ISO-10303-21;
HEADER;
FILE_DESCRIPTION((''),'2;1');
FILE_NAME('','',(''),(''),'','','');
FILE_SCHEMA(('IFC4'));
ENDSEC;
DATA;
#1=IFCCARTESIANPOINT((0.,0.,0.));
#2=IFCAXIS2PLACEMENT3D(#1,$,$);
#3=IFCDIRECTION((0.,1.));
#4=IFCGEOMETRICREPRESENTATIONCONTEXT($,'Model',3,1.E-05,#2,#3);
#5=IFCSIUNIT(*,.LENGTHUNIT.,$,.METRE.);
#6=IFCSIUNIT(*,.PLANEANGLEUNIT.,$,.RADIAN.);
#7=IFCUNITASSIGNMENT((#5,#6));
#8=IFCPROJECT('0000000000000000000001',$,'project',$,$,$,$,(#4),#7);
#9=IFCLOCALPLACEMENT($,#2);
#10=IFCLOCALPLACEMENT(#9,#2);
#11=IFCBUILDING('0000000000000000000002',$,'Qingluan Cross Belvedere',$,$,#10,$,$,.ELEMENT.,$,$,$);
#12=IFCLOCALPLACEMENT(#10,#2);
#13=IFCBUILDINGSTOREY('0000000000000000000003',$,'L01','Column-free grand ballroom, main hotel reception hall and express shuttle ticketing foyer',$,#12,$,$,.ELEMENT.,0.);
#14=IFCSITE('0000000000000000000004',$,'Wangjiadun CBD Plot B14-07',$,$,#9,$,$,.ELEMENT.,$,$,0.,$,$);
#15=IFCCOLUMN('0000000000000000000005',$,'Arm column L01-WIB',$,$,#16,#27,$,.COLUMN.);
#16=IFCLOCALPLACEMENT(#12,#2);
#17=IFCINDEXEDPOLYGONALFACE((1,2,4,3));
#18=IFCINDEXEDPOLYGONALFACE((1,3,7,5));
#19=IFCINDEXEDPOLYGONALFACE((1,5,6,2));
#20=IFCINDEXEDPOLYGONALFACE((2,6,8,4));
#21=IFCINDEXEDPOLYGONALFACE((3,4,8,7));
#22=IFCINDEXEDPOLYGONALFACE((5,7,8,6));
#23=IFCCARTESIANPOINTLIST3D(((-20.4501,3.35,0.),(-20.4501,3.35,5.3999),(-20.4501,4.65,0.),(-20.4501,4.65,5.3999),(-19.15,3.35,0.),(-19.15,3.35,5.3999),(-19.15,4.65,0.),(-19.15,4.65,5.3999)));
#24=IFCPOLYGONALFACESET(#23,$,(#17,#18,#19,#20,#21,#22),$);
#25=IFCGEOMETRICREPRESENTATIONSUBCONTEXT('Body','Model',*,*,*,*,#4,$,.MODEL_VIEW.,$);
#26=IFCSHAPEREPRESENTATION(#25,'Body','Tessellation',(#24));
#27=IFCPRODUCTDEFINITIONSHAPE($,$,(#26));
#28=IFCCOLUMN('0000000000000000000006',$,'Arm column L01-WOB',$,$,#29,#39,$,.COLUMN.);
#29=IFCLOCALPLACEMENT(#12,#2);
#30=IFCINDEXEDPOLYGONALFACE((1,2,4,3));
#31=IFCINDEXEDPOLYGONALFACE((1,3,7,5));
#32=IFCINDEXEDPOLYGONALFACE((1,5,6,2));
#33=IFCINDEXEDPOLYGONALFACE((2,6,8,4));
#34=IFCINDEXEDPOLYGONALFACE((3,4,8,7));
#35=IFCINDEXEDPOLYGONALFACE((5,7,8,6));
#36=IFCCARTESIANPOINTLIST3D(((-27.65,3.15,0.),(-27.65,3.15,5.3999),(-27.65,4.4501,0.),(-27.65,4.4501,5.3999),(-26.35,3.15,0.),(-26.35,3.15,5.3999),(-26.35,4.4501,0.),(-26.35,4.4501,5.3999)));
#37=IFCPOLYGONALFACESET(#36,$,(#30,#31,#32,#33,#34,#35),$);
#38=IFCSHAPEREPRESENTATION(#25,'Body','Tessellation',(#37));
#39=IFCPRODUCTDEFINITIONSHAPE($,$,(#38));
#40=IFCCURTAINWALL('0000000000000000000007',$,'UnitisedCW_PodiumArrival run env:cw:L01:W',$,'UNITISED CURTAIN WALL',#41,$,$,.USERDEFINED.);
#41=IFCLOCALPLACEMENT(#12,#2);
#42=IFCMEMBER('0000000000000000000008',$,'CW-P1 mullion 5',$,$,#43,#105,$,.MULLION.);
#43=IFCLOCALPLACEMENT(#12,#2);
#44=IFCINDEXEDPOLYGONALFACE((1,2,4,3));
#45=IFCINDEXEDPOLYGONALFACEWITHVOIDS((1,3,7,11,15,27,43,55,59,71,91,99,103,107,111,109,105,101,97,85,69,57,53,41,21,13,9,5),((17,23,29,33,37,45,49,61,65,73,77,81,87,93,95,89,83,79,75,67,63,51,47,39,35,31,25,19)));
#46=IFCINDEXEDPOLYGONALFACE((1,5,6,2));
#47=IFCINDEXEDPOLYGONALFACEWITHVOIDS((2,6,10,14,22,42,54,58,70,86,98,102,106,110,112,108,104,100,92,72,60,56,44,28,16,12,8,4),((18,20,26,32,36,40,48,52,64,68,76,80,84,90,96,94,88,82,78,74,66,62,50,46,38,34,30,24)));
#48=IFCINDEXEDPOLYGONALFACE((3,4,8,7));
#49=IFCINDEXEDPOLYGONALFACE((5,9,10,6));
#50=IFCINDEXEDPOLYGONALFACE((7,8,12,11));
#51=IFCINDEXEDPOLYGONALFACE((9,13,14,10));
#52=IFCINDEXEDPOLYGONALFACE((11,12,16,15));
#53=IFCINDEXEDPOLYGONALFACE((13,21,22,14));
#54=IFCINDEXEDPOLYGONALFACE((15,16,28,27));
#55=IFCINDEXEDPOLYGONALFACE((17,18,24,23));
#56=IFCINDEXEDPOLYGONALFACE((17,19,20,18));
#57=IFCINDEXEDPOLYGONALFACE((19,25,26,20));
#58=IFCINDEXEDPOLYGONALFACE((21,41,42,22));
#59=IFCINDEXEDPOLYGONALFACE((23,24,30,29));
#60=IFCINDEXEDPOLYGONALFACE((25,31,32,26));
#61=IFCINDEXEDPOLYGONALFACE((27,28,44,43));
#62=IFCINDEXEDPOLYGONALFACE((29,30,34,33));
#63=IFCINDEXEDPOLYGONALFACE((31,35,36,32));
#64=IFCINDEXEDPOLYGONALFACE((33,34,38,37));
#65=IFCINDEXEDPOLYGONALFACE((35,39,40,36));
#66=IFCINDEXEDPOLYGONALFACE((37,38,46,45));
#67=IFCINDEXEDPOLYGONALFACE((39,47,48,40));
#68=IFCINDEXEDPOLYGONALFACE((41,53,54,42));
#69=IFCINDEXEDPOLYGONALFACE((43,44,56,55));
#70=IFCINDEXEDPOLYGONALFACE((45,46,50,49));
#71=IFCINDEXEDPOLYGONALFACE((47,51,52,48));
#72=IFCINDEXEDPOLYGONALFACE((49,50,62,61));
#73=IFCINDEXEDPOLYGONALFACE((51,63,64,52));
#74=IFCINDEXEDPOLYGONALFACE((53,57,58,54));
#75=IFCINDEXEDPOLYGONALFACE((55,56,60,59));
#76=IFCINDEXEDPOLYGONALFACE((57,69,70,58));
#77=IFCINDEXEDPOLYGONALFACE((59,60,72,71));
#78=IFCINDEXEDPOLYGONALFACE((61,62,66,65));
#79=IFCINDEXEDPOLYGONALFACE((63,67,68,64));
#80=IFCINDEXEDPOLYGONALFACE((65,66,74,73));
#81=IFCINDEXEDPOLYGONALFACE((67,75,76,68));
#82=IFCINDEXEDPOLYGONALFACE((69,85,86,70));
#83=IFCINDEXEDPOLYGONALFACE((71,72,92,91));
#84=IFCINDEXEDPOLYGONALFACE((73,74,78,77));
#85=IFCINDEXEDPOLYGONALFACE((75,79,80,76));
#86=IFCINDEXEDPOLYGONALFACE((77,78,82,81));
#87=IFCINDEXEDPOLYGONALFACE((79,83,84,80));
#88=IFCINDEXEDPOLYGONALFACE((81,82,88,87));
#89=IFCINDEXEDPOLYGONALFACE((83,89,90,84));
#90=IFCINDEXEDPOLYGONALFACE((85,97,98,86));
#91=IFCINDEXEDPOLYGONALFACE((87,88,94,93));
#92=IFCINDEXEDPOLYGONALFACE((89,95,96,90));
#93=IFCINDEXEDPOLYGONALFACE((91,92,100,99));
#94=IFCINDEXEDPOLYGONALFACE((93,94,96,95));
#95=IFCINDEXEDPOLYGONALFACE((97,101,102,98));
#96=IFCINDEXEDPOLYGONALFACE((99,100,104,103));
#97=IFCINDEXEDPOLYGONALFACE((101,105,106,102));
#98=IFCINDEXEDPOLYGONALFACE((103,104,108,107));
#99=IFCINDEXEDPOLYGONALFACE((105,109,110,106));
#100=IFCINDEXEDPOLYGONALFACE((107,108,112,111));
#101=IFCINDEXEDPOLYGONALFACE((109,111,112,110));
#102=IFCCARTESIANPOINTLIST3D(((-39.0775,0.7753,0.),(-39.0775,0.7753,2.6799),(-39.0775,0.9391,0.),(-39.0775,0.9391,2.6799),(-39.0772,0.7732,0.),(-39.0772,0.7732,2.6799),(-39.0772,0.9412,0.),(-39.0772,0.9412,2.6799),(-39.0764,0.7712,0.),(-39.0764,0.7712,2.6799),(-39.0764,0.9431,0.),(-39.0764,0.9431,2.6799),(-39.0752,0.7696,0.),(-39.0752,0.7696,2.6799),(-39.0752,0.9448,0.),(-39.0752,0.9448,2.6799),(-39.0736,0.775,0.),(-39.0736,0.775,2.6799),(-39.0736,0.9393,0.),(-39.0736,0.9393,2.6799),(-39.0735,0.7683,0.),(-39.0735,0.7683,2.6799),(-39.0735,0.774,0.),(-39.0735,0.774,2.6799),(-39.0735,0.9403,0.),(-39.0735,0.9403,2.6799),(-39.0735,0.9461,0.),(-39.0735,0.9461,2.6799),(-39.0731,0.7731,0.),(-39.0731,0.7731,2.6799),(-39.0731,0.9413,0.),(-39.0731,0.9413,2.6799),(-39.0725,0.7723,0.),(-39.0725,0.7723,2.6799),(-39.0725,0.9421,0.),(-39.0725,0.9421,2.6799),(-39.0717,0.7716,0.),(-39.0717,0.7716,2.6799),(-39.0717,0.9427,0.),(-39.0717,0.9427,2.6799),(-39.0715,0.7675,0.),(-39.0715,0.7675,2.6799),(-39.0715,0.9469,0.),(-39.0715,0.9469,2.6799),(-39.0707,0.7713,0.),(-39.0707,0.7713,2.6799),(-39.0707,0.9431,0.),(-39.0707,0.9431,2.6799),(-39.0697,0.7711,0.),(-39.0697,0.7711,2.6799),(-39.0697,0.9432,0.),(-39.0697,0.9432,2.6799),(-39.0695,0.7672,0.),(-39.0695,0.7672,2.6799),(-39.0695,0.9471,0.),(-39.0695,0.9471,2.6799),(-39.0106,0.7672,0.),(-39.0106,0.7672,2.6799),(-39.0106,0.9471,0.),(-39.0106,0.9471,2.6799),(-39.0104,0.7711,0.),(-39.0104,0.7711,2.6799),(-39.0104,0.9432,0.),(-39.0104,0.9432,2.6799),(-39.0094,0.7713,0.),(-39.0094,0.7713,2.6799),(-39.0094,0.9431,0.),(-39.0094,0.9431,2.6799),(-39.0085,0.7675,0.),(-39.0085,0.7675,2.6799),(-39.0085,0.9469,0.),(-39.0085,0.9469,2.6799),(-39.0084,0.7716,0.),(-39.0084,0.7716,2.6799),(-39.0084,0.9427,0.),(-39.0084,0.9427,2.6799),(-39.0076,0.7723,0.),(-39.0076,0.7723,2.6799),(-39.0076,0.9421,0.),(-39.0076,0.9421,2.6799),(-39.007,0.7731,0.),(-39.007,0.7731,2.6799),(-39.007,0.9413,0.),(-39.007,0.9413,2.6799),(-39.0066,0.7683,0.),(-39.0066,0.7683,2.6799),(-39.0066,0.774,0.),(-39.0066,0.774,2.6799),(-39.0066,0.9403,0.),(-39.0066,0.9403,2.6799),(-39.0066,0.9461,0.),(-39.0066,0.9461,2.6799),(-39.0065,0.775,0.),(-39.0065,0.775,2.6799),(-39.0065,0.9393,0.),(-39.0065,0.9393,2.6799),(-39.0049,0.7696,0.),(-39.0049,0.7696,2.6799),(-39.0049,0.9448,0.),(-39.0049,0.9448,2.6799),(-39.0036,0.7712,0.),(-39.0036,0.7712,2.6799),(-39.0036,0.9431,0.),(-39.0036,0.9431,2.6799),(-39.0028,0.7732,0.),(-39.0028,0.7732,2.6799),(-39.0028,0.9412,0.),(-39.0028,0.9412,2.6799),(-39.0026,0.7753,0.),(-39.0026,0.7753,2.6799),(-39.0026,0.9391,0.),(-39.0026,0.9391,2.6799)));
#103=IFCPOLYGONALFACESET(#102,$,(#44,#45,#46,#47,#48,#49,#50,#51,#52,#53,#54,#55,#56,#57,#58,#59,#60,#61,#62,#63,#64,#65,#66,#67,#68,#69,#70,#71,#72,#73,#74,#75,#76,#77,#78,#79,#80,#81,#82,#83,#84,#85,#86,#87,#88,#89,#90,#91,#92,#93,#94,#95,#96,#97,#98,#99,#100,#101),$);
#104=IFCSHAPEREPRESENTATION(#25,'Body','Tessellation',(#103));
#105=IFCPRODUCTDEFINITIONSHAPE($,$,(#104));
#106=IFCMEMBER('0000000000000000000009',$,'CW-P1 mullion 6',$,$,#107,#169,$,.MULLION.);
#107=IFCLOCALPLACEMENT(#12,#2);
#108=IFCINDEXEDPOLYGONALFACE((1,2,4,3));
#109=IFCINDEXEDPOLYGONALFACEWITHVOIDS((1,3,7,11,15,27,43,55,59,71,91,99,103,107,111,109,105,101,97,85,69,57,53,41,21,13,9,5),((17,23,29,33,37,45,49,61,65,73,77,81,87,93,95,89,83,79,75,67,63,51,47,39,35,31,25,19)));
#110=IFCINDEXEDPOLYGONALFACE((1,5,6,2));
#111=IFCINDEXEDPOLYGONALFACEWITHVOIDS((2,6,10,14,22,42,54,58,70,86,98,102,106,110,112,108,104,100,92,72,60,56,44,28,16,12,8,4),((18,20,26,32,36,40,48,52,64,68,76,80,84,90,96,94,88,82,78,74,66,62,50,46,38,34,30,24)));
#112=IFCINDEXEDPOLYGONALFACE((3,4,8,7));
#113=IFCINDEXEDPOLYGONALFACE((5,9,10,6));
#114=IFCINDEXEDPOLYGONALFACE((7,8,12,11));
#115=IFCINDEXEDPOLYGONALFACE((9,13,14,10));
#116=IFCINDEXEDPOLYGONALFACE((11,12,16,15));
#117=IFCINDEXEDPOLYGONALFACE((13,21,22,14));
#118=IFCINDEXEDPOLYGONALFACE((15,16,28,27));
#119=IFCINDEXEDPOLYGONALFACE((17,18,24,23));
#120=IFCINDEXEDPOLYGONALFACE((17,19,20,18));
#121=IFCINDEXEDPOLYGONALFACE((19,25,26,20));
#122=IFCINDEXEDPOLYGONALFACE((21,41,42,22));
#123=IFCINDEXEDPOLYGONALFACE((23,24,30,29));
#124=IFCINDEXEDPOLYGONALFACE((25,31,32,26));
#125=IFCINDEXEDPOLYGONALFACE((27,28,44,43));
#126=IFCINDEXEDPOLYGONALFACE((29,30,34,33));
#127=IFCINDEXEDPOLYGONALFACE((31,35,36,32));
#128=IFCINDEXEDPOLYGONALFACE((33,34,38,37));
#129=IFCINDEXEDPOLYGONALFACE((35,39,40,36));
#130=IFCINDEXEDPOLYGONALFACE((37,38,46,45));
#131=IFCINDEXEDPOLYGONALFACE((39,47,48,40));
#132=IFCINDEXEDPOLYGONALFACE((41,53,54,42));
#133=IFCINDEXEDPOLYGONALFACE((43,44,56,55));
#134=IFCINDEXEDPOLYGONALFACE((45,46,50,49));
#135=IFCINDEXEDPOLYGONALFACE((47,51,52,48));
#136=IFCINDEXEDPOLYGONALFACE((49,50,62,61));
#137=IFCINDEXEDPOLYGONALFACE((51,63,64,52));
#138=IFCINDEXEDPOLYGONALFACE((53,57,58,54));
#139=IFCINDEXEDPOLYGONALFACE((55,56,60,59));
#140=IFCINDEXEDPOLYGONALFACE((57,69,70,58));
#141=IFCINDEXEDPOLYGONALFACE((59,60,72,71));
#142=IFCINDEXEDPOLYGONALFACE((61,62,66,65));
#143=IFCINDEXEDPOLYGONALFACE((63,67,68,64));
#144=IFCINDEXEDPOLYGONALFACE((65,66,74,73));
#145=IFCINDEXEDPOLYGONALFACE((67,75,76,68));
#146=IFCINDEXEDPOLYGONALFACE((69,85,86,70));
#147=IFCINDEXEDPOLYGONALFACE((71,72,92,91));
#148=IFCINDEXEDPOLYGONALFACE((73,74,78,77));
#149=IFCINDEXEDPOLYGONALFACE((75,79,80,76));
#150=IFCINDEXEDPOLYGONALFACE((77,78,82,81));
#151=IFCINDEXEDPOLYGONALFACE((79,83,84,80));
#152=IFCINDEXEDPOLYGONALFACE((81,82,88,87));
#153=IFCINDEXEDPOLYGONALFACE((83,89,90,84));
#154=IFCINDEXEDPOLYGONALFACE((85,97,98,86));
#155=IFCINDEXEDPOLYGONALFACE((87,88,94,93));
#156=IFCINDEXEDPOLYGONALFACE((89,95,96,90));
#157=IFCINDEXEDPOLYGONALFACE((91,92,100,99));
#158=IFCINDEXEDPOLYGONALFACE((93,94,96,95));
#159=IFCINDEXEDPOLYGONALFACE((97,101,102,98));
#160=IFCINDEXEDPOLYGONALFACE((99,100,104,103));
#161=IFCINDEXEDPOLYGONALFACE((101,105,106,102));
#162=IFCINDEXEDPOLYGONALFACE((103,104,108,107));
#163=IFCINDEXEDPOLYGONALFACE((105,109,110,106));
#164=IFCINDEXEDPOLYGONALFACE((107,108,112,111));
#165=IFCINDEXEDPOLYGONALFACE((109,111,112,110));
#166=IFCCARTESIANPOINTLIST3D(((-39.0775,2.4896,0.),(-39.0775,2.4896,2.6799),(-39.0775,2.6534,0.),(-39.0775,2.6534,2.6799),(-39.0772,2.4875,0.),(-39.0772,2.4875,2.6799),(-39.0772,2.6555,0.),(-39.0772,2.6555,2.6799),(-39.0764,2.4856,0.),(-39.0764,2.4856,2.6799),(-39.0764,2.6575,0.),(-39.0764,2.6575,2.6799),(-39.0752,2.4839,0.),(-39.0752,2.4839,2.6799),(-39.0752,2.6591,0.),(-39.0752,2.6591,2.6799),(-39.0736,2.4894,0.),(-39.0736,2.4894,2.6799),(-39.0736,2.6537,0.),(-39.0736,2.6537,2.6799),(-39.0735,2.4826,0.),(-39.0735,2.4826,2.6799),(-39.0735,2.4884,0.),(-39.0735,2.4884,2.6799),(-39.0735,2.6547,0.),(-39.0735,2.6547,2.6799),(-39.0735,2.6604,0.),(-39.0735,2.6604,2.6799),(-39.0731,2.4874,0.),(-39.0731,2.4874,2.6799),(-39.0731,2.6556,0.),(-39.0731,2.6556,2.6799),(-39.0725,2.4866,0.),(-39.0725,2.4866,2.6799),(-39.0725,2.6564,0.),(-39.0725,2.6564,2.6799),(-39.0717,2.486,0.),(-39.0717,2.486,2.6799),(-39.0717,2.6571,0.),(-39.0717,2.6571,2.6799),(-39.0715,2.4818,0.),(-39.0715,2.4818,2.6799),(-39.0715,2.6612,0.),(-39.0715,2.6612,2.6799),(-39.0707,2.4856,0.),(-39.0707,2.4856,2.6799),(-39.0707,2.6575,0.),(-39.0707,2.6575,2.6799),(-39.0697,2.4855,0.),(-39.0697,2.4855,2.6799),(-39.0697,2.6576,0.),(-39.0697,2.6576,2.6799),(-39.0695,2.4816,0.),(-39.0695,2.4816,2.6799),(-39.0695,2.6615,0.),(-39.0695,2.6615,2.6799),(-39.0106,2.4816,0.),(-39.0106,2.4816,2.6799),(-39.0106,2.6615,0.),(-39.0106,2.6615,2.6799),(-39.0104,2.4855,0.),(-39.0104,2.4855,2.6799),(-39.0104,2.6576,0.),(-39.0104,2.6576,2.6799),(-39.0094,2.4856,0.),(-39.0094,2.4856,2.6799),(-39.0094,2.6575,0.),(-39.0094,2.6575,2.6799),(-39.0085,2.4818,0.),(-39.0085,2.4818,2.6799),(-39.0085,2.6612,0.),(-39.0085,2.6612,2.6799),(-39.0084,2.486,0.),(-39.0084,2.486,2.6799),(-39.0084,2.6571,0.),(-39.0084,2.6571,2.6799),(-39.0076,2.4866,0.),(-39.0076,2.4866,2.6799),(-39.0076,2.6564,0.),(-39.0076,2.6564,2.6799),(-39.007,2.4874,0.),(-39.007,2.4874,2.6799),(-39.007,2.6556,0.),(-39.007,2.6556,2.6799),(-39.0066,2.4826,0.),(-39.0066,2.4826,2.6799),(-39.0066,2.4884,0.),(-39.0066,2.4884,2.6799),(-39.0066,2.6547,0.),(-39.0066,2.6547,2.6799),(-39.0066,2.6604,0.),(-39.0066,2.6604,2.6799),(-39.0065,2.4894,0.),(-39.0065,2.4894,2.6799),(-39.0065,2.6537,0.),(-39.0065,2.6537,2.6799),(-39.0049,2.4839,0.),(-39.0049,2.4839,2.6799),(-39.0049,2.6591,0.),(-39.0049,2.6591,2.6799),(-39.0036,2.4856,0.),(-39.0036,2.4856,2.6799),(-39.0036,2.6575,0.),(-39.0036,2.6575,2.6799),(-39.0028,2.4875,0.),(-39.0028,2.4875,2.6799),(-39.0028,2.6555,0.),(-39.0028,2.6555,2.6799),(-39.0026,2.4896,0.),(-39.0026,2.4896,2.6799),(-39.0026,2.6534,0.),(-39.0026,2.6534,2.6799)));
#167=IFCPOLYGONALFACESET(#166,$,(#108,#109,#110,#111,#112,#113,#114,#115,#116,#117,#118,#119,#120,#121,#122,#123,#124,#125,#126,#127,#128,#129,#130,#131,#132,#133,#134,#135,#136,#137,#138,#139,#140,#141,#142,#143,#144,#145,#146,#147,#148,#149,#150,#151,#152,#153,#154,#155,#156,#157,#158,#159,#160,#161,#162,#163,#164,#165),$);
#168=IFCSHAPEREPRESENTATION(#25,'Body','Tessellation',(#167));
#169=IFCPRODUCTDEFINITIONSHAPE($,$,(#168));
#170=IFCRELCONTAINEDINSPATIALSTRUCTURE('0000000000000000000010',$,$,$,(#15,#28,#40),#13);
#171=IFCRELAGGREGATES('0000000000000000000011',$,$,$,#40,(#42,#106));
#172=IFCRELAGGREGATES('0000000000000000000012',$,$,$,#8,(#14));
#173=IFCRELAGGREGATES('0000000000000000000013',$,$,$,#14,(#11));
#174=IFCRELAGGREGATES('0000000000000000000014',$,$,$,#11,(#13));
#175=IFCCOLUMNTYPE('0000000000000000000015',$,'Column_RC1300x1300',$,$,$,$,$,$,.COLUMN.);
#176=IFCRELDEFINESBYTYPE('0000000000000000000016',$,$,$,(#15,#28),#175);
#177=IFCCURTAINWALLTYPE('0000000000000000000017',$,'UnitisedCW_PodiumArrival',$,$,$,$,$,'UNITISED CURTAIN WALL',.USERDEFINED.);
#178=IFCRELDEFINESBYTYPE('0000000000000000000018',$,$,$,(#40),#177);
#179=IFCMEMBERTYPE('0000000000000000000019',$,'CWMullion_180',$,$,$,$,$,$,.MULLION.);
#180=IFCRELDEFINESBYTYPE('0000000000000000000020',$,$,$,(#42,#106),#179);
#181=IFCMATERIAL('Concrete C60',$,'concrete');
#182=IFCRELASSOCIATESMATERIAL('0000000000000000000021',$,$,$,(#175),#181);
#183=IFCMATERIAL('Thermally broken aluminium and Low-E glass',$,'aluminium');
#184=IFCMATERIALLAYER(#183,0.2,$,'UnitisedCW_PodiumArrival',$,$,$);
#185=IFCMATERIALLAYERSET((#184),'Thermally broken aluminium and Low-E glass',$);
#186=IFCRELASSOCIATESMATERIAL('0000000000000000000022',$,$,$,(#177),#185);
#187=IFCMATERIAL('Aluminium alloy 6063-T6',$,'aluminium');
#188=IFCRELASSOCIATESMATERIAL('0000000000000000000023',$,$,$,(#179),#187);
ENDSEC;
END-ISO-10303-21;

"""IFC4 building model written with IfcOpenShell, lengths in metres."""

from ifc_helpers import new_model, si_unit, direction, frame, origin, origin_2d, place, context, subcontext, project, spatial, rectangle, hollow_rectangle, extrude, material, layer, layer_set, material_profile, profile_set, type_object, element, aggregate, save


model = new_model("IFC4")

# Units and contexts
model_context = context("Model", 3, precision=1e-05, world=origin(), true_north=direction((0.0, 1.0)))
body_context = subcontext(model_context, "Body", "Model", "MODEL_VIEW")
ifc_project = project(units=[si_unit("LENGTHUNIT", "METRE"), si_unit("PLANEANGLEUNIT", "RADIAN")], contexts=[model_context])

# Site, building, storey
site_placement = place(None, origin())
site = spatial("IfcSite", under=ifc_project, at=site_placement, Name="Wangjiadun CBD Plot B14-07", CompositionType="ELEMENT", RefElevation=0.0)
building_placement = place(site_placement, origin())
building = spatial("IfcBuilding", under=site, at=building_placement, Name="Qingluan Cross Belvedere", CompositionType="ELEMENT")
storey_placement = place(building_placement, origin())
storey = spatial("IfcBuildingStorey", under=building, at=storey_placement, Name="L01", Description="Column-free grand ballroom, main hotel reception hall and express shuttle ticketing foyer", CompositionType="ELEMENT", Elevation=0.0)

# Columns
ifc_material_1 = material(Name="Concrete C60", Category="concrete")
ifc_material_profile_1 = material_profile(ifc_material_1, rectangle(XDim=1.3, YDim=1.3, at=origin_2d()), Name="RC1300x1300")
ifc_profile_set_1 = profile_set([ifc_material_profile_1], Name="Concrete C60")
column_type = type_object("IfcColumnType", Name="Column_RC1300x1300", PredefinedType="COLUMN", material=ifc_profile_set_1)
for number, where, z_axis, x_axis, name in (
    (1, (-19.8, 4.0, 0.0), (0.0, 0.0, 1.0), (1.0, 0.0, 0.0), "Arm column L01-WIB"),
    (2, (-27.0, 3.8, 0.0), (0.0, 0.0, 1.0), (1.0, 0.0, 0.0), "Arm column L01-WOB"),
):
    element("IfcColumn", number, at=place(storey_placement, frame(where, z_axis=z_axis, x_axis=x_axis)), inside=storey, type_object=column_type, Name=name, PredefinedType="COLUMN", context=body_context, shape_type="SweptSolid", body=[
        extrude(rectangle(XDim=1.3, YDim=1.3, at=origin_2d()), origin(), (0.0, 0.0, 1.0), 5.3999),
    ])

# Curtain wall, members
ifc_material_2 = material(Name="Thermally broken aluminium and Low-E glass", Category="aluminium")
ifc_layer_1 = layer(ifc_material_2, 0.2, Name="UnitisedCW_PodiumArrival")
ifc_layer_set_1 = layer_set([ifc_layer_1], Name="Thermally broken aluminium and Low-E glass")
curtain_wall_type = type_object("IfcCurtainWallType", Name="UnitisedCW_PodiumArrival", ElementType="UNITISED CURTAIN WALL", PredefinedType="USERDEFINED", material=ifc_layer_set_1)
curtain_wall_placement = place(storey_placement, origin())
curtain_wall = element("IfcCurtainWall", 3, at=curtain_wall_placement, inside=storey, type_object=curtain_wall_type, Name="UnitisedCW_PodiumArrival run env:cw:L01:W", ObjectType="UNITISED CURTAIN WALL", PredefinedType="USERDEFINED")
ifc_material_3 = material(Name="Aluminium alloy 6063-T6", Category="aluminium")
ifc_material_profile_2 = material_profile(ifc_material_3, hollow_rectangle(XDim=0.075, YDim=0.1799, WallThickness=0.0039, InnerFilletRadius=0.0039, OuterFilletRadius=0.0081, at=origin_2d()), Name="CWM180x75x4")
ifc_profile_set_2 = profile_set([ifc_material_profile_2], Name="Aluminium alloy 6063-T6")
member_type_1 = type_object("IfcMemberType", Name="CWMullion_180", PredefinedType="MULLION", material=ifc_profile_set_2)
member_1_placement = place(storey_placement, frame((-39.04, 0.8572, 0.0), z_axis=(0.0, 0.0, 1.0), x_axis=(-1.0, 0.0, 0.0)))
member_1 = element("IfcMember", 4, at=member_1_placement, type_object=member_type_1, Name="CW-P1 mullion 5", PredefinedType="MULLION", context=body_context, shape_type="SweptSolid", body=[
    extrude(hollow_rectangle(XDim=0.075, YDim=0.1799, WallThickness=0.0039, InnerFilletRadius=0.0039, OuterFilletRadius=0.0081, at=origin_2d()), origin(), (0.0, 0.0, 1.0), 2.6799),
])
member_2_placement = place(storey_placement, frame((-39.04, 2.5715, 0.0), z_axis=(0.0, 0.0, 1.0), x_axis=(-1.0, 0.0, 0.0)))
member_2 = element("IfcMember", 5, at=member_2_placement, type_object=member_type_1, Name="CW-P1 mullion 6", PredefinedType="MULLION", context=body_context, shape_type="SweptSolid", body=[
    extrude(hollow_rectangle(XDim=0.075, YDim=0.1799, WallThickness=0.0039, InnerFilletRadius=0.0039, OuterFilletRadius=0.0081, at=origin_2d()), origin(), (0.0, 0.0, 1.0), 2.6799),
])

aggregate(curtain_wall, [member_1, member_2])

save(model, "model.ifc")
